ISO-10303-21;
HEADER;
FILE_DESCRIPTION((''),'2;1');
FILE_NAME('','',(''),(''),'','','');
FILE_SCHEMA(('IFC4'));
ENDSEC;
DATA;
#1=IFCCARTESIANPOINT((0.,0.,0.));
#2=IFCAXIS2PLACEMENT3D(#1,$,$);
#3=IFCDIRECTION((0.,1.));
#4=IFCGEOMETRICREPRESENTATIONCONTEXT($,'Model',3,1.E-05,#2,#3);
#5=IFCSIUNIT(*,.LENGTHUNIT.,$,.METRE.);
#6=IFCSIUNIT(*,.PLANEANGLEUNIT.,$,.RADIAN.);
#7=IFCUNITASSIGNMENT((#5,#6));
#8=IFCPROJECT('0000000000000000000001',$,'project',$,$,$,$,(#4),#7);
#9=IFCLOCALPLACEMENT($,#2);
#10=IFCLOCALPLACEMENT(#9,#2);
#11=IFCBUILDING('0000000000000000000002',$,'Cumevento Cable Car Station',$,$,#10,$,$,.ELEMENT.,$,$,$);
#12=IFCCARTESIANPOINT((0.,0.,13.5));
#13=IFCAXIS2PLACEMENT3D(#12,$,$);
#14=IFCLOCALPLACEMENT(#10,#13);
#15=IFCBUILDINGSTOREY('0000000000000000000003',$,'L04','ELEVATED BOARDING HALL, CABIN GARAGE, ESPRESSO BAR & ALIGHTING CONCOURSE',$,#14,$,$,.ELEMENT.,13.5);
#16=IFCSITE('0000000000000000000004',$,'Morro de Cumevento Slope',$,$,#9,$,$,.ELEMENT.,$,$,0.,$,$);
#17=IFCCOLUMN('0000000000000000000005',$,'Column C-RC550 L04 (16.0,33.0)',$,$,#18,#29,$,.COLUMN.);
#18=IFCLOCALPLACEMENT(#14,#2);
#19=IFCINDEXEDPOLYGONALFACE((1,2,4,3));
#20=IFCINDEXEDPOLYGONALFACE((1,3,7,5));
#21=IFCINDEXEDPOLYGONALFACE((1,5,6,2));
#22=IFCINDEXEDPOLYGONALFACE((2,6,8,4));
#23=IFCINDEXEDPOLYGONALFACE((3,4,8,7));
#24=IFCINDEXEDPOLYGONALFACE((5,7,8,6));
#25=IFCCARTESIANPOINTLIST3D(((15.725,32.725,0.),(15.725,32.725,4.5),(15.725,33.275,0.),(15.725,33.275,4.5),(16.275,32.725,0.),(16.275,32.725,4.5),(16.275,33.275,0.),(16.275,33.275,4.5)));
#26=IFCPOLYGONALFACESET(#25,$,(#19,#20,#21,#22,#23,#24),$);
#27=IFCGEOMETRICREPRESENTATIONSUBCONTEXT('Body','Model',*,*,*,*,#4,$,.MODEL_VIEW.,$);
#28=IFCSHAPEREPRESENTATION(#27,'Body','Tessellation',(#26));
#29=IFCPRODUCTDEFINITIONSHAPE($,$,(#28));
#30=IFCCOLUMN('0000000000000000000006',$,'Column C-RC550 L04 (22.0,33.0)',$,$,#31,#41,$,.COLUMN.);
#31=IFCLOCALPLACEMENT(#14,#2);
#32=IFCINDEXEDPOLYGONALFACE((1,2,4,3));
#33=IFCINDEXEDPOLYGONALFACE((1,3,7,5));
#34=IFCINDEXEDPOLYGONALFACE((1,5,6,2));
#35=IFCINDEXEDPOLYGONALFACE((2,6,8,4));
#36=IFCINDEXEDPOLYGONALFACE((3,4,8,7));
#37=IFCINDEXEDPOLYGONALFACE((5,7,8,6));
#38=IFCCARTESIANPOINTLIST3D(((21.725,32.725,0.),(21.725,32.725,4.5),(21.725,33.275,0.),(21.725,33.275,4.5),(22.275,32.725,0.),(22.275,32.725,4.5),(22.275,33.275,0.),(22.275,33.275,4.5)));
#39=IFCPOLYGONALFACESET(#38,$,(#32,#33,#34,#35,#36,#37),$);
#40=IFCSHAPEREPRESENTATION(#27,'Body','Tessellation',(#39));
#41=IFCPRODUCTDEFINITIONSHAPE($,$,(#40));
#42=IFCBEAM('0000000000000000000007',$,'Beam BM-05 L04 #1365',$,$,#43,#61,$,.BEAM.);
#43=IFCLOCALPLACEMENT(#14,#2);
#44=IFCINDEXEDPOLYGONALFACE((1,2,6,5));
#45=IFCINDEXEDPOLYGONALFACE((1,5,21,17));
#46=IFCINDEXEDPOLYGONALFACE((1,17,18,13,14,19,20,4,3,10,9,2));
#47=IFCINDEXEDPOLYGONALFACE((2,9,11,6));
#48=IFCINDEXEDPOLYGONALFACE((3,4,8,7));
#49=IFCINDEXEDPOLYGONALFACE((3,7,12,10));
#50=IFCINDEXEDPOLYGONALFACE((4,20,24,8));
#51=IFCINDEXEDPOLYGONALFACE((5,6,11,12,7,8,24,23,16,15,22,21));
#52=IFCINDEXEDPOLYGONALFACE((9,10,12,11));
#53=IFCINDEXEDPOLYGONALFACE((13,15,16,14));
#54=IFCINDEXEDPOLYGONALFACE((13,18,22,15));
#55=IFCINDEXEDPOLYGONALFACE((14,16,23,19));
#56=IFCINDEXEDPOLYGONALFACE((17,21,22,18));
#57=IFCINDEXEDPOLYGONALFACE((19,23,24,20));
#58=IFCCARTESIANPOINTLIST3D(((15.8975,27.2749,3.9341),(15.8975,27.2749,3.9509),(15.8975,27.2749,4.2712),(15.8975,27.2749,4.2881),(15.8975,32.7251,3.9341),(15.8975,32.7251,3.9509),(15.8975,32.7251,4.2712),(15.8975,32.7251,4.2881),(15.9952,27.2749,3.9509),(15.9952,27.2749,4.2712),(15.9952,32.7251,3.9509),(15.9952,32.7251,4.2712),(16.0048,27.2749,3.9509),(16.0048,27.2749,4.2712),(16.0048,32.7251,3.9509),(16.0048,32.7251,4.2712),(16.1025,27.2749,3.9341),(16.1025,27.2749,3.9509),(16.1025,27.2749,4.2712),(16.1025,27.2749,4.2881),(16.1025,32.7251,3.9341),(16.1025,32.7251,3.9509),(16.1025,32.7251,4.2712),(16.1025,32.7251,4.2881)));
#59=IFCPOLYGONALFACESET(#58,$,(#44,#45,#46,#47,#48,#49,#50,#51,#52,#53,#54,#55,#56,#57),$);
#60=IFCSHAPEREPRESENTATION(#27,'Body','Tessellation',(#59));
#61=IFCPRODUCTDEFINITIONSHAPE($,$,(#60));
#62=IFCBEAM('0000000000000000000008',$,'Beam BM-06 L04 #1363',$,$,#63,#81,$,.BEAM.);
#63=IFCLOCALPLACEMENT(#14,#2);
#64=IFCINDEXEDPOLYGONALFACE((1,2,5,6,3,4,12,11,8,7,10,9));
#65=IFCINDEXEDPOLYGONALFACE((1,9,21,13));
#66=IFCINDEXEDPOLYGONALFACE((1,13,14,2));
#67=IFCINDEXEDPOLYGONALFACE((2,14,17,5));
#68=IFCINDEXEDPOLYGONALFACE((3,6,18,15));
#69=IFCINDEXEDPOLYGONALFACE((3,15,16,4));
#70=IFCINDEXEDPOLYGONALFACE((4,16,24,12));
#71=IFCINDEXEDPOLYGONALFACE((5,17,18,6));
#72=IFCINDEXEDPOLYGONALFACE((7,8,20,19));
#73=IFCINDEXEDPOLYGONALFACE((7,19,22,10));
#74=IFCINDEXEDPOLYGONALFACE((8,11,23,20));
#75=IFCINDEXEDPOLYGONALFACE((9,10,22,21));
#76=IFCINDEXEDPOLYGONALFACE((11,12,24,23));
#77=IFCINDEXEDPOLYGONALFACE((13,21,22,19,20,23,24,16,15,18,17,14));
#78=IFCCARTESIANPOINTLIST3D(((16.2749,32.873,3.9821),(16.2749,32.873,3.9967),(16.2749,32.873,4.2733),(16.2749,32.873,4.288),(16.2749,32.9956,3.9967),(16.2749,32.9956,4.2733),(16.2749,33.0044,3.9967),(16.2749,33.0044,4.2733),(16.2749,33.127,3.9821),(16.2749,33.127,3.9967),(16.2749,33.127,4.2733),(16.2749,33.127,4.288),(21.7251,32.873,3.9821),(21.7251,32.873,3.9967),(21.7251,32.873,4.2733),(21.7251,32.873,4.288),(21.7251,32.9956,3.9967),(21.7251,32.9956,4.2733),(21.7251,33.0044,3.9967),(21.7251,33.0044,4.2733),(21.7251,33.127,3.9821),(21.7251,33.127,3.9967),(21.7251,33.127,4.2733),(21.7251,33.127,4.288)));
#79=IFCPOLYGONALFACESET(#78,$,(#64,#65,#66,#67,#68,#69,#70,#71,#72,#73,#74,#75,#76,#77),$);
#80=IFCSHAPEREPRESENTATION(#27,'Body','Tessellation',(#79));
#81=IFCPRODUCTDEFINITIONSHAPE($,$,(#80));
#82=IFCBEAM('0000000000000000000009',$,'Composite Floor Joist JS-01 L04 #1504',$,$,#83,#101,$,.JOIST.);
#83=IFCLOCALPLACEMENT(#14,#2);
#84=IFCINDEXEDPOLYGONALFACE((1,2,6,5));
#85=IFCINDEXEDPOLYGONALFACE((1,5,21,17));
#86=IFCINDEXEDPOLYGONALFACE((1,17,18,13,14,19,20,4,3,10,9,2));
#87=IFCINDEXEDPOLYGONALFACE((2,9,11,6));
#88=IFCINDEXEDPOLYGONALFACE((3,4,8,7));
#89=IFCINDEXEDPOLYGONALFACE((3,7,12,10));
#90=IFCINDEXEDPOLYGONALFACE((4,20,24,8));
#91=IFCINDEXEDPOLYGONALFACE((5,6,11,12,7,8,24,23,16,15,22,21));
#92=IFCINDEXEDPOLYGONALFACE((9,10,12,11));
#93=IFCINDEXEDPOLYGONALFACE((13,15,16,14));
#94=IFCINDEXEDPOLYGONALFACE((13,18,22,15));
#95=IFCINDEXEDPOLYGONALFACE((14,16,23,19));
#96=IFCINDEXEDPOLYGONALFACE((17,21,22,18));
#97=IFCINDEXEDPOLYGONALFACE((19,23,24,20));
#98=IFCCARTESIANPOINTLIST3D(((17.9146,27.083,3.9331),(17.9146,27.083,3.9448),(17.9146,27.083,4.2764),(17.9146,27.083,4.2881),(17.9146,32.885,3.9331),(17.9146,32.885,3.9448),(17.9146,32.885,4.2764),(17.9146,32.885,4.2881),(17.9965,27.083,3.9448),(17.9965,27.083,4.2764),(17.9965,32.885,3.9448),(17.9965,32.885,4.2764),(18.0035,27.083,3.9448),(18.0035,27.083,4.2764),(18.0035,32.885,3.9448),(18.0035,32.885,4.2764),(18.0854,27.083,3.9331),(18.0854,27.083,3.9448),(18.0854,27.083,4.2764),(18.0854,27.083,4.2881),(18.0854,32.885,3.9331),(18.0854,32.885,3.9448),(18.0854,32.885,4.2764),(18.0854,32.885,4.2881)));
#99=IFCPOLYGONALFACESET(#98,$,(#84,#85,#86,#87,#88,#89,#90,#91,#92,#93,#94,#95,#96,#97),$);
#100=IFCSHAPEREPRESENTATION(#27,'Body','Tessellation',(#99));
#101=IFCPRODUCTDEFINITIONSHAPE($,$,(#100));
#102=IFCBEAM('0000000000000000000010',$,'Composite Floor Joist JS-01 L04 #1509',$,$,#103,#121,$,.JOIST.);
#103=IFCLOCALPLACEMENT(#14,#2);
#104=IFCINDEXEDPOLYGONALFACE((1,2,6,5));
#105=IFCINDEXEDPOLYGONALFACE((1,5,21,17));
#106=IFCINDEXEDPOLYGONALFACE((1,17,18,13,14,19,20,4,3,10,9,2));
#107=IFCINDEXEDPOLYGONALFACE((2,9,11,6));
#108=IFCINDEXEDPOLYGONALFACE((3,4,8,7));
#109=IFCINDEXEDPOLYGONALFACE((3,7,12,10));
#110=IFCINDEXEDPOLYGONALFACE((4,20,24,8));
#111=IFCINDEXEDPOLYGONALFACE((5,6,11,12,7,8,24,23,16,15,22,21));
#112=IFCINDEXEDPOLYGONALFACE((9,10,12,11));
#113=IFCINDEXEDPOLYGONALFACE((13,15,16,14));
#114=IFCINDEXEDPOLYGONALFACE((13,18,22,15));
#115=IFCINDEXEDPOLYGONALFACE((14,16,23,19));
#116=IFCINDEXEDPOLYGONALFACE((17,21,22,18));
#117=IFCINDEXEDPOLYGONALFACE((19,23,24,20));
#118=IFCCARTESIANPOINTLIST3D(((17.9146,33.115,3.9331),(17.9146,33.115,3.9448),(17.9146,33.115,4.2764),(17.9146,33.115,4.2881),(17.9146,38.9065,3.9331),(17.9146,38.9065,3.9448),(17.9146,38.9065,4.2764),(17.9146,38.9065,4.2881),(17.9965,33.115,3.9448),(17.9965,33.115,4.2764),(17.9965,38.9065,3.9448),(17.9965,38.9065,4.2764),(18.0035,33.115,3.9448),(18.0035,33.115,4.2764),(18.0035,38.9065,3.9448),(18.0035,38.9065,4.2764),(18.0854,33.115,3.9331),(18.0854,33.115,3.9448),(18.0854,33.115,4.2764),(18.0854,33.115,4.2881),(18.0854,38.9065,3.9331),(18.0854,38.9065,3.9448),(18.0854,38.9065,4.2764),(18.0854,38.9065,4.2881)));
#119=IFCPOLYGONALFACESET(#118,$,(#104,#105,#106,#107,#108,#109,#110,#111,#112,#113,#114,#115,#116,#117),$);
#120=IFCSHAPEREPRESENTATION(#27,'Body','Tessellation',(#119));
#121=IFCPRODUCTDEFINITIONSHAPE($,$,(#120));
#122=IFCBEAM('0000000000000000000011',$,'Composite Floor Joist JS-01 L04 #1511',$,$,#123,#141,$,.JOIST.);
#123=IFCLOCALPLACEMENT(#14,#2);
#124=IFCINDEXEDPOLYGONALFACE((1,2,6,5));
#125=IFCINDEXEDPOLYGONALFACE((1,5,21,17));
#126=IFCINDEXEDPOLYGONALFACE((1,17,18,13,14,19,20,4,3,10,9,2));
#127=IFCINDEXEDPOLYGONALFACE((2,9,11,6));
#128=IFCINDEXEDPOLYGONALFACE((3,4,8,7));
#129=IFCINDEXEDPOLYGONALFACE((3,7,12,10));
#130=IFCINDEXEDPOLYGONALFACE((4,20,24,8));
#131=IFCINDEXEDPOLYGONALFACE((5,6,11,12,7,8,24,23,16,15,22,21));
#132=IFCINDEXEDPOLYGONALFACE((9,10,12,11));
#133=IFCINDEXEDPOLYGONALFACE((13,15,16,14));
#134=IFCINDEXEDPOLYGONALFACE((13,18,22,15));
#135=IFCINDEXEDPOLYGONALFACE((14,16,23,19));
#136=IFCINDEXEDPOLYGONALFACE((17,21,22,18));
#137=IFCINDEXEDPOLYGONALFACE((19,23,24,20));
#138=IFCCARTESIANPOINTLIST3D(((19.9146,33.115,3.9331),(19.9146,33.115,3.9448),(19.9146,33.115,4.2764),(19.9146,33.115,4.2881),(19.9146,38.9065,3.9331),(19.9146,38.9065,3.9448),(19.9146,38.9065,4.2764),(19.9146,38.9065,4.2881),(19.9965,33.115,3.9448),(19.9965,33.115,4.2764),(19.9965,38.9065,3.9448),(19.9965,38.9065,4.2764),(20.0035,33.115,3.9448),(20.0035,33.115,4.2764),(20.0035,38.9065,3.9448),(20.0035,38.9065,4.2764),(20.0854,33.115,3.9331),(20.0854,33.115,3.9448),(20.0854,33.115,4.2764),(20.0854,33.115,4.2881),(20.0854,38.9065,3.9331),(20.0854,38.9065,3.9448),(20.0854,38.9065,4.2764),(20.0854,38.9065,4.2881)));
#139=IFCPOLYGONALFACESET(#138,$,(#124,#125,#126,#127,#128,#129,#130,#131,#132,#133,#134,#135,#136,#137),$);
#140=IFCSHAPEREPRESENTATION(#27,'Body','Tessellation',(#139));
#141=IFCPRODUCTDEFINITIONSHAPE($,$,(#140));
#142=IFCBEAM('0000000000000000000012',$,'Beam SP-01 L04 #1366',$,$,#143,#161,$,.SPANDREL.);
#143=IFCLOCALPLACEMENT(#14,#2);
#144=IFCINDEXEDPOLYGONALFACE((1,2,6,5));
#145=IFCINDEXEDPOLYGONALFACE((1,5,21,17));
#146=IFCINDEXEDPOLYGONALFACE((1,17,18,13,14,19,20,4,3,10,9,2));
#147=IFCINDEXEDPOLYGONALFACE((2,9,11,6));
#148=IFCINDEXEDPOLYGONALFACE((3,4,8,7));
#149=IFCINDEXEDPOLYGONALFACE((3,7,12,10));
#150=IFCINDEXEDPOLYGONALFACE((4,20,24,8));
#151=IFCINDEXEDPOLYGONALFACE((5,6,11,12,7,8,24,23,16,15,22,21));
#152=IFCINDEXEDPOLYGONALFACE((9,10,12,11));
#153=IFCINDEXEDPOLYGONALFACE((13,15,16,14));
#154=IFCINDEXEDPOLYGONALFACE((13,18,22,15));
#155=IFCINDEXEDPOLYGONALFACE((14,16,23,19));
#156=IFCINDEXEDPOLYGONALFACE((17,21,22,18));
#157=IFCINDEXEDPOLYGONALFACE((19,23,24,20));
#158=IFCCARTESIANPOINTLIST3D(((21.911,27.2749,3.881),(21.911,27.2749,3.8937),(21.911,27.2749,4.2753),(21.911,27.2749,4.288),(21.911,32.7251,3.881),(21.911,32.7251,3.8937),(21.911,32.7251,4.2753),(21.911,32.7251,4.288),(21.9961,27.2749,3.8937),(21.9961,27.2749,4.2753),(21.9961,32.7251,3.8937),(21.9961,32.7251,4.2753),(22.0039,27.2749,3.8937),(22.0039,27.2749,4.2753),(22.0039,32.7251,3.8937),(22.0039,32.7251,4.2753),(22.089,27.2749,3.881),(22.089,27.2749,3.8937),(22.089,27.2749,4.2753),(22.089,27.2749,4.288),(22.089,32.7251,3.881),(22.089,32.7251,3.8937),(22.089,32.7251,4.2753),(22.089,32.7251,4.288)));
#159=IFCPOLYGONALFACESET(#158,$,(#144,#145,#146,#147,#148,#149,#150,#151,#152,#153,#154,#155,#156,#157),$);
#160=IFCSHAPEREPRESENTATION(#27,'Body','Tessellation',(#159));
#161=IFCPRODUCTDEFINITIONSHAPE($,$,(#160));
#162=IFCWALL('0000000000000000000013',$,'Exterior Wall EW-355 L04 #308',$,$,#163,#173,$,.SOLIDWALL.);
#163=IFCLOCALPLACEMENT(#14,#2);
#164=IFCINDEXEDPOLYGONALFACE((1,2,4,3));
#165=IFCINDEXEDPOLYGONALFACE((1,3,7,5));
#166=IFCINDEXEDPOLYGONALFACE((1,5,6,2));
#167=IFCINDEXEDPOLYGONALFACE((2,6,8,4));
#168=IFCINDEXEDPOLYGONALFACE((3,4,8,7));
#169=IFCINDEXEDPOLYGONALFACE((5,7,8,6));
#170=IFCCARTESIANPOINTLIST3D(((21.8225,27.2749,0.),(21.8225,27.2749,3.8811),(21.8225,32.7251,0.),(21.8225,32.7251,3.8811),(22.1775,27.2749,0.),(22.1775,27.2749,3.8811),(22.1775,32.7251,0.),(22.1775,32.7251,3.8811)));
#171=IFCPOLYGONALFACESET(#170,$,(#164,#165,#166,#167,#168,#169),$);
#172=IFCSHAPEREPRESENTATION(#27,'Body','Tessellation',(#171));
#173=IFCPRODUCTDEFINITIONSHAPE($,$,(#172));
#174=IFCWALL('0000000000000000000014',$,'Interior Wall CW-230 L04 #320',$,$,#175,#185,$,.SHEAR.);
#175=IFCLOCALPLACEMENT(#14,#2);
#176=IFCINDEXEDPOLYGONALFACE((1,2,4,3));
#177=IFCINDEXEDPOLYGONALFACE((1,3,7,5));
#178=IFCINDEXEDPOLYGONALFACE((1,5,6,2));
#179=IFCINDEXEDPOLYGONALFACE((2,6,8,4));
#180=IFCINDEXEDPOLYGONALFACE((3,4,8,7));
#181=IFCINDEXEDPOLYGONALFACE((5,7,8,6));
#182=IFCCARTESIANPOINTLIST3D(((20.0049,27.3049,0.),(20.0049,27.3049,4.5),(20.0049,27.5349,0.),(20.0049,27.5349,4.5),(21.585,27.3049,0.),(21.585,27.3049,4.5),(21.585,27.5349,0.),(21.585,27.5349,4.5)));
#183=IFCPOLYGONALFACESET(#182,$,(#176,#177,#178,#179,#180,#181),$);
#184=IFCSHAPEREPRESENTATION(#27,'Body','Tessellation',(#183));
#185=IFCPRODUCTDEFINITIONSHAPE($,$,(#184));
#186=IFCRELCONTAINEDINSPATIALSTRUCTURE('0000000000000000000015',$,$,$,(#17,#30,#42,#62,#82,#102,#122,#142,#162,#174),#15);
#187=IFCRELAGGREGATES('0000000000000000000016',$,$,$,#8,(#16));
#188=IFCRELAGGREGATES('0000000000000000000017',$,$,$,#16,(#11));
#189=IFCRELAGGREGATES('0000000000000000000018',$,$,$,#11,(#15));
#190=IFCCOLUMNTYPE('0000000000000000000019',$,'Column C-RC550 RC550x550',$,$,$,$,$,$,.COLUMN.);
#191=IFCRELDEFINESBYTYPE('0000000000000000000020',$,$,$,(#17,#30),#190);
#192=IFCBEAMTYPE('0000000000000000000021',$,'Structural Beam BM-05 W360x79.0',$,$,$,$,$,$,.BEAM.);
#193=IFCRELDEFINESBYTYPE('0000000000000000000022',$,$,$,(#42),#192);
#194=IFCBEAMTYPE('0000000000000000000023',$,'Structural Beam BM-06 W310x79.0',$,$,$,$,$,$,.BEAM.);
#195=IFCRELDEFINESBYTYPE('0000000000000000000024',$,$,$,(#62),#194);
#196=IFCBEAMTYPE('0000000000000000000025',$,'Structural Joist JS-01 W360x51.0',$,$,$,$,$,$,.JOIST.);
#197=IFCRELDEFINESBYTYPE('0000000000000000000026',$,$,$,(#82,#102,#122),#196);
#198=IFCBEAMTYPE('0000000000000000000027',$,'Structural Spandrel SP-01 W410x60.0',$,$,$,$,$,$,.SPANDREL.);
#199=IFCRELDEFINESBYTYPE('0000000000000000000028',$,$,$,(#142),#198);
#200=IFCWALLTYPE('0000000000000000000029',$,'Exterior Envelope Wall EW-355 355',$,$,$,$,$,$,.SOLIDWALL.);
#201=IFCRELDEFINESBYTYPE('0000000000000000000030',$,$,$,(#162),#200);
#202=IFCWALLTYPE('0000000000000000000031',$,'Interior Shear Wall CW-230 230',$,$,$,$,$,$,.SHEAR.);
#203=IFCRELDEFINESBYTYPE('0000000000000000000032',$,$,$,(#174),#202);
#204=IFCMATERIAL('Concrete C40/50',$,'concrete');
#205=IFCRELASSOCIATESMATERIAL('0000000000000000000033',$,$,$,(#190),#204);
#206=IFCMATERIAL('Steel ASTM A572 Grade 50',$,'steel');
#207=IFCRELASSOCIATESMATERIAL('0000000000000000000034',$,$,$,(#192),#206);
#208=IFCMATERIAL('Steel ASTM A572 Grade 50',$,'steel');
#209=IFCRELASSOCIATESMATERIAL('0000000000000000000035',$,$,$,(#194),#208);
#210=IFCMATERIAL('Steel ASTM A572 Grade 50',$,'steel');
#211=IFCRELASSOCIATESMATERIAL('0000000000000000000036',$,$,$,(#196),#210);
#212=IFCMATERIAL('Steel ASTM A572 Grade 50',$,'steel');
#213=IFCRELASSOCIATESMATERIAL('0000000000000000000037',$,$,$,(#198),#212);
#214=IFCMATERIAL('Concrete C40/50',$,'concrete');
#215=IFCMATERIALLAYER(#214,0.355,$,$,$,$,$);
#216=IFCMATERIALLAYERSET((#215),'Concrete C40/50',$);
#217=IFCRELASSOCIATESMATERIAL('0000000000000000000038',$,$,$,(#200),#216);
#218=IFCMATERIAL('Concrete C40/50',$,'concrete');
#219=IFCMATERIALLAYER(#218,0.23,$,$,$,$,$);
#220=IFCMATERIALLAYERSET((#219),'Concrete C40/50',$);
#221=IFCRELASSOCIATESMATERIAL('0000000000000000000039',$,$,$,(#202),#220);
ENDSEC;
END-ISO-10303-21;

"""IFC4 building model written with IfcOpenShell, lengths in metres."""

from ifc_helpers import new_model, si_unit, direction, frame, frame_2d, origin, origin_2d, place, context, subcontext, project, spatial, rectangle, i_section, extrude, material, layer, layer_set, material_profile, profile_set, type_object, element, save


model = new_model("IFC4")

# Units and contexts
model_context = context("Model", 3, precision=1e-05, world=origin(), true_north=direction((0.0, 1.0)))
body_context = subcontext(model_context, "Body", "Model", "MODEL_VIEW")
ifc_project = project(units=[si_unit("LENGTHUNIT", "METRE"), si_unit("PLANEANGLEUNIT", "RADIAN")], contexts=[model_context])

# Site, building, storey
site_placement = place(None, origin())
site = spatial("IfcSite", under=ifc_project, at=site_placement, Name="Morro de Cumevento Slope", CompositionType="ELEMENT", RefElevation=0.0)
building_placement = place(site_placement, origin())
building = spatial("IfcBuilding", under=site, at=building_placement, Name="Cumevento Cable Car Station", CompositionType="ELEMENT")
storey_placement = place(building_placement, frame((0.0, 0.0, 13.5)))
storey = spatial("IfcBuildingStorey", under=building, at=storey_placement, Name="L04", Description="ELEVATED BOARDING HALL, CABIN GARAGE, ESPRESSO BAR & ALIGHTING CONCOURSE", CompositionType="ELEMENT", Elevation=13.5)

# Columns
ifc_material_1 = material(Name="Concrete C40/50", Category="concrete")
ifc_material_profile_1 = material_profile(ifc_material_1, rectangle(XDim=0.55, YDim=0.55, at=origin_2d()), Name="RC550x550")
ifc_profile_set_1 = profile_set([ifc_material_profile_1], Name="Concrete C40/50")
column_type = type_object("IfcColumnType", Name="Column C-RC550 RC550x550", PredefinedType="COLUMN", material=ifc_profile_set_1)
for number, where, z_axis, x_axis, name in (
    (1, (16.0, 33.0, 0.0), (0.0, 0.0, 1.0), (1.0, 0.0, 0.0), "Column C-RC550 L04 (16.0,33.0)"),
    (2, (22.0, 33.0, 0.0), (0.0, 0.0, 1.0), (1.0, 0.0, 0.0), "Column C-RC550 L04 (22.0,33.0)"),
):
    element("IfcColumn", number, at=place(storey_placement, frame(where, z_axis=z_axis, x_axis=x_axis)), inside=storey, type_object=column_type, Name=name, PredefinedType="COLUMN", context=body_context, shape_type="SweptSolid", body=[
        extrude(rectangle(XDim=0.55, YDim=0.55, at=origin_2d()), origin(), (0.0, 0.0, 1.0), 4.5),
    ])

# Beams
ifc_material_2 = material(Name="Steel ASTM A572 Grade 50", Category="steel")
ifc_material_profile_2 = material_profile(ifc_material_2, i_section(OverallWidth=0.2051, OverallDepth=0.354, WebThickness=0.0095, FlangeThickness=0.0168, at=origin_2d()), Name="W360x79.0")
ifc_profile_set_2 = profile_set([ifc_material_profile_2], Name="Steel ASTM A572 Grade 50")
beam_type_1 = type_object("IfcBeamType", Name="Structural Beam BM-05 W360x79.0", PredefinedType="BEAM", material=ifc_profile_set_2)
beam_1_placement = place(storey_placement, frame((16.0, 27.2749, 4.1111), z_axis=(0.0, 1.0, 0.0), x_axis=(-1.0, 0.0, 0.0)))
element("IfcBeam", 3, at=beam_1_placement, inside=storey, type_object=beam_type_1, Name="Beam BM-05 L04 #1365", PredefinedType="BEAM", context=body_context, shape_type="SweptSolid", body=[
    extrude(i_section(OverallWidth=0.2051, OverallDepth=0.354, WebThickness=0.0095, FlangeThickness=0.0168, at=origin_2d()), origin(), (0.0, 0.0, 1.0), 5.4502),
])
ifc_material_3 = material(Name="Steel ASTM A572 Grade 50", Category="steel")
ifc_material_profile_3 = material_profile(ifc_material_3, i_section(OverallWidth=0.2539, OverallDepth=0.3059, WebThickness=0.0088, FlangeThickness=0.0146, at=origin_2d()), Name="W310x79.0")
ifc_profile_set_3 = profile_set([ifc_material_profile_3], Name="Steel ASTM A572 Grade 50")
beam_type_2 = type_object("IfcBeamType", Name="Structural Beam BM-06 W310x79.0", PredefinedType="BEAM", material=ifc_profile_set_3)
beam_2_placement = place(storey_placement, frame((16.2749, 33.0, 4.135), z_axis=(1.0, 0.0, 0.0), x_axis=(0.0, 1.0, 0.0)))
element("IfcBeam", 4, at=beam_2_placement, inside=storey, type_object=beam_type_2, Name="Beam BM-06 L04 #1363", PredefinedType="BEAM", context=body_context, shape_type="SweptSolid", body=[
    extrude(i_section(OverallWidth=0.2539, OverallDepth=0.3059, WebThickness=0.0088, FlangeThickness=0.0146, at=origin_2d()), origin(), (0.0, 0.0, 1.0), 5.4502),
])
ifc_material_4 = material(Name="Steel ASTM A572 Grade 50", Category="steel")
ifc_material_profile_4 = material_profile(ifc_material_4, i_section(OverallWidth=0.1709, OverallDepth=0.355, WebThickness=0.0071, FlangeThickness=0.0117, at=origin_2d()), Name="W360x51.0")
ifc_profile_set_4 = profile_set([ifc_material_profile_4], Name="Steel ASTM A572 Grade 50")
beam_type_3 = type_object("IfcBeamType", Name="Structural Joist JS-01 W360x51.0", PredefinedType="JOIST", material=ifc_profile_set_4)
beam_3_placement = place(storey_placement, frame((18.0, 27.083, 4.1106), z_axis=(0.0, 1.0, 0.0), x_axis=(-1.0, 0.0, 0.0)))
element("IfcBeam", 5, at=beam_3_placement, inside=storey, type_object=beam_type_3, Name="Composite Floor Joist JS-01 L04 #1504", PredefinedType="JOIST", context=body_context, shape_type="SweptSolid", body=[
    extrude(i_section(OverallWidth=0.1709, OverallDepth=0.355, WebThickness=0.0071, FlangeThickness=0.0117, at=origin_2d()), origin(), (0.0, 0.0, 1.0), 5.802),
])
for number, where, z_axis, x_axis, name in (
    (6, (18.0, 33.115, 4.1106), (0.0, 1.0, 0.0), (-1.0, 0.0, 0.0), "Composite Floor Joist JS-01 L04 #1509"),
    (7, (20.0, 33.115, 4.1106), (0.0, 1.0, 0.0), (-1.0, 0.0, 0.0), "Composite Floor Joist JS-01 L04 #1511"),
):
    element("IfcBeam", number, at=place(storey_placement, frame(where, z_axis=z_axis, x_axis=x_axis)), inside=storey, type_object=beam_type_3, Name=name, PredefinedType="JOIST", context=body_context, shape_type="SweptSolid", body=[
        extrude(i_section(OverallWidth=0.1709, OverallDepth=0.355, WebThickness=0.0071, FlangeThickness=0.0117, at=origin_2d()), origin(), (0.0, 0.0, 1.0), 5.7915),
    ])
ifc_material_5 = material(Name="Steel ASTM A572 Grade 50", Category="steel")
ifc_material_profile_5 = material_profile(ifc_material_5, i_section(OverallWidth=0.178, OverallDepth=0.407, WebThickness=0.0078, FlangeThickness=0.0127, at=origin_2d()), Name="W410x60.0")
ifc_profile_set_5 = profile_set([ifc_material_profile_5], Name="Steel ASTM A572 Grade 50")
beam_type_4 = type_object("IfcBeamType", Name="Structural Spandrel SP-01 W410x60.0", PredefinedType="SPANDREL", material=ifc_profile_set_5)
beam_4_placement = place(storey_placement, frame((22.0, 27.2749, 4.0845), z_axis=(0.0, 1.0, 0.0), x_axis=(-1.0, 0.0, 0.0)))
element("IfcBeam", 8, at=beam_4_placement, inside=storey, type_object=beam_type_4, Name="Beam SP-01 L04 #1366", PredefinedType="SPANDREL", context=body_context, shape_type="SweptSolid", body=[
    extrude(i_section(OverallWidth=0.178, OverallDepth=0.407, WebThickness=0.0078, FlangeThickness=0.0127, at=origin_2d()), origin(), (0.0, 0.0, 1.0), 5.4502),
])

# Walls
ifc_material_6 = material(Name="Concrete C40/50", Category="concrete")
ifc_layer_1 = layer(ifc_material_6, 0.355)
ifc_layer_set_1 = layer_set([ifc_layer_1], Name="Concrete C40/50")
wall_type_1 = type_object("IfcWallType", Name="Exterior Envelope Wall EW-355 355", PredefinedType="SOLIDWALL", material=ifc_layer_set_1)
wall_1_placement = place(storey_placement, frame((22.0, 32.7251, 0.0), z_axis=(0.0, 0.0, 1.0), x_axis=(0.0, -1.0, 0.0)))
element("IfcWall", 9, at=wall_1_placement, inside=storey, type_object=wall_type_1, Name="Exterior Wall EW-355 L04 #308", PredefinedType="SOLIDWALL", context=body_context, shape_type="SweptSolid", body=[
    extrude(rectangle(XDim=5.4502, YDim=0.355, at=frame_2d((2.7251, 0.0))), origin(), (0.0, 0.0, 1.0), 3.8811),
])
ifc_material_7 = material(Name="Concrete C40/50", Category="concrete")
ifc_layer_2 = layer(ifc_material_7, 0.23)
ifc_layer_set_2 = layer_set([ifc_layer_2], Name="Concrete C40/50")
wall_type_2 = type_object("IfcWallType", Name="Interior Shear Wall CW-230 230", PredefinedType="SHEAR", material=ifc_layer_set_2)
wall_2_placement = place(storey_placement, frame((20.0049, 27.4199, 0.0), z_axis=(0.0, 0.0, 1.0), x_axis=(1.0, 0.0, 0.0)))
element("IfcWall", 10, at=wall_2_placement, inside=storey, type_object=wall_type_2, Name="Interior Wall CW-230 L04 #320", PredefinedType="SHEAR", context=body_context, shape_type="SweptSolid", body=[
    extrude(rectangle(XDim=1.5801, YDim=0.23, at=frame_2d((0.79, 0.0))), origin(), (0.0, 0.0, 1.0), 4.5),
])

save(model, "model.ifc")
